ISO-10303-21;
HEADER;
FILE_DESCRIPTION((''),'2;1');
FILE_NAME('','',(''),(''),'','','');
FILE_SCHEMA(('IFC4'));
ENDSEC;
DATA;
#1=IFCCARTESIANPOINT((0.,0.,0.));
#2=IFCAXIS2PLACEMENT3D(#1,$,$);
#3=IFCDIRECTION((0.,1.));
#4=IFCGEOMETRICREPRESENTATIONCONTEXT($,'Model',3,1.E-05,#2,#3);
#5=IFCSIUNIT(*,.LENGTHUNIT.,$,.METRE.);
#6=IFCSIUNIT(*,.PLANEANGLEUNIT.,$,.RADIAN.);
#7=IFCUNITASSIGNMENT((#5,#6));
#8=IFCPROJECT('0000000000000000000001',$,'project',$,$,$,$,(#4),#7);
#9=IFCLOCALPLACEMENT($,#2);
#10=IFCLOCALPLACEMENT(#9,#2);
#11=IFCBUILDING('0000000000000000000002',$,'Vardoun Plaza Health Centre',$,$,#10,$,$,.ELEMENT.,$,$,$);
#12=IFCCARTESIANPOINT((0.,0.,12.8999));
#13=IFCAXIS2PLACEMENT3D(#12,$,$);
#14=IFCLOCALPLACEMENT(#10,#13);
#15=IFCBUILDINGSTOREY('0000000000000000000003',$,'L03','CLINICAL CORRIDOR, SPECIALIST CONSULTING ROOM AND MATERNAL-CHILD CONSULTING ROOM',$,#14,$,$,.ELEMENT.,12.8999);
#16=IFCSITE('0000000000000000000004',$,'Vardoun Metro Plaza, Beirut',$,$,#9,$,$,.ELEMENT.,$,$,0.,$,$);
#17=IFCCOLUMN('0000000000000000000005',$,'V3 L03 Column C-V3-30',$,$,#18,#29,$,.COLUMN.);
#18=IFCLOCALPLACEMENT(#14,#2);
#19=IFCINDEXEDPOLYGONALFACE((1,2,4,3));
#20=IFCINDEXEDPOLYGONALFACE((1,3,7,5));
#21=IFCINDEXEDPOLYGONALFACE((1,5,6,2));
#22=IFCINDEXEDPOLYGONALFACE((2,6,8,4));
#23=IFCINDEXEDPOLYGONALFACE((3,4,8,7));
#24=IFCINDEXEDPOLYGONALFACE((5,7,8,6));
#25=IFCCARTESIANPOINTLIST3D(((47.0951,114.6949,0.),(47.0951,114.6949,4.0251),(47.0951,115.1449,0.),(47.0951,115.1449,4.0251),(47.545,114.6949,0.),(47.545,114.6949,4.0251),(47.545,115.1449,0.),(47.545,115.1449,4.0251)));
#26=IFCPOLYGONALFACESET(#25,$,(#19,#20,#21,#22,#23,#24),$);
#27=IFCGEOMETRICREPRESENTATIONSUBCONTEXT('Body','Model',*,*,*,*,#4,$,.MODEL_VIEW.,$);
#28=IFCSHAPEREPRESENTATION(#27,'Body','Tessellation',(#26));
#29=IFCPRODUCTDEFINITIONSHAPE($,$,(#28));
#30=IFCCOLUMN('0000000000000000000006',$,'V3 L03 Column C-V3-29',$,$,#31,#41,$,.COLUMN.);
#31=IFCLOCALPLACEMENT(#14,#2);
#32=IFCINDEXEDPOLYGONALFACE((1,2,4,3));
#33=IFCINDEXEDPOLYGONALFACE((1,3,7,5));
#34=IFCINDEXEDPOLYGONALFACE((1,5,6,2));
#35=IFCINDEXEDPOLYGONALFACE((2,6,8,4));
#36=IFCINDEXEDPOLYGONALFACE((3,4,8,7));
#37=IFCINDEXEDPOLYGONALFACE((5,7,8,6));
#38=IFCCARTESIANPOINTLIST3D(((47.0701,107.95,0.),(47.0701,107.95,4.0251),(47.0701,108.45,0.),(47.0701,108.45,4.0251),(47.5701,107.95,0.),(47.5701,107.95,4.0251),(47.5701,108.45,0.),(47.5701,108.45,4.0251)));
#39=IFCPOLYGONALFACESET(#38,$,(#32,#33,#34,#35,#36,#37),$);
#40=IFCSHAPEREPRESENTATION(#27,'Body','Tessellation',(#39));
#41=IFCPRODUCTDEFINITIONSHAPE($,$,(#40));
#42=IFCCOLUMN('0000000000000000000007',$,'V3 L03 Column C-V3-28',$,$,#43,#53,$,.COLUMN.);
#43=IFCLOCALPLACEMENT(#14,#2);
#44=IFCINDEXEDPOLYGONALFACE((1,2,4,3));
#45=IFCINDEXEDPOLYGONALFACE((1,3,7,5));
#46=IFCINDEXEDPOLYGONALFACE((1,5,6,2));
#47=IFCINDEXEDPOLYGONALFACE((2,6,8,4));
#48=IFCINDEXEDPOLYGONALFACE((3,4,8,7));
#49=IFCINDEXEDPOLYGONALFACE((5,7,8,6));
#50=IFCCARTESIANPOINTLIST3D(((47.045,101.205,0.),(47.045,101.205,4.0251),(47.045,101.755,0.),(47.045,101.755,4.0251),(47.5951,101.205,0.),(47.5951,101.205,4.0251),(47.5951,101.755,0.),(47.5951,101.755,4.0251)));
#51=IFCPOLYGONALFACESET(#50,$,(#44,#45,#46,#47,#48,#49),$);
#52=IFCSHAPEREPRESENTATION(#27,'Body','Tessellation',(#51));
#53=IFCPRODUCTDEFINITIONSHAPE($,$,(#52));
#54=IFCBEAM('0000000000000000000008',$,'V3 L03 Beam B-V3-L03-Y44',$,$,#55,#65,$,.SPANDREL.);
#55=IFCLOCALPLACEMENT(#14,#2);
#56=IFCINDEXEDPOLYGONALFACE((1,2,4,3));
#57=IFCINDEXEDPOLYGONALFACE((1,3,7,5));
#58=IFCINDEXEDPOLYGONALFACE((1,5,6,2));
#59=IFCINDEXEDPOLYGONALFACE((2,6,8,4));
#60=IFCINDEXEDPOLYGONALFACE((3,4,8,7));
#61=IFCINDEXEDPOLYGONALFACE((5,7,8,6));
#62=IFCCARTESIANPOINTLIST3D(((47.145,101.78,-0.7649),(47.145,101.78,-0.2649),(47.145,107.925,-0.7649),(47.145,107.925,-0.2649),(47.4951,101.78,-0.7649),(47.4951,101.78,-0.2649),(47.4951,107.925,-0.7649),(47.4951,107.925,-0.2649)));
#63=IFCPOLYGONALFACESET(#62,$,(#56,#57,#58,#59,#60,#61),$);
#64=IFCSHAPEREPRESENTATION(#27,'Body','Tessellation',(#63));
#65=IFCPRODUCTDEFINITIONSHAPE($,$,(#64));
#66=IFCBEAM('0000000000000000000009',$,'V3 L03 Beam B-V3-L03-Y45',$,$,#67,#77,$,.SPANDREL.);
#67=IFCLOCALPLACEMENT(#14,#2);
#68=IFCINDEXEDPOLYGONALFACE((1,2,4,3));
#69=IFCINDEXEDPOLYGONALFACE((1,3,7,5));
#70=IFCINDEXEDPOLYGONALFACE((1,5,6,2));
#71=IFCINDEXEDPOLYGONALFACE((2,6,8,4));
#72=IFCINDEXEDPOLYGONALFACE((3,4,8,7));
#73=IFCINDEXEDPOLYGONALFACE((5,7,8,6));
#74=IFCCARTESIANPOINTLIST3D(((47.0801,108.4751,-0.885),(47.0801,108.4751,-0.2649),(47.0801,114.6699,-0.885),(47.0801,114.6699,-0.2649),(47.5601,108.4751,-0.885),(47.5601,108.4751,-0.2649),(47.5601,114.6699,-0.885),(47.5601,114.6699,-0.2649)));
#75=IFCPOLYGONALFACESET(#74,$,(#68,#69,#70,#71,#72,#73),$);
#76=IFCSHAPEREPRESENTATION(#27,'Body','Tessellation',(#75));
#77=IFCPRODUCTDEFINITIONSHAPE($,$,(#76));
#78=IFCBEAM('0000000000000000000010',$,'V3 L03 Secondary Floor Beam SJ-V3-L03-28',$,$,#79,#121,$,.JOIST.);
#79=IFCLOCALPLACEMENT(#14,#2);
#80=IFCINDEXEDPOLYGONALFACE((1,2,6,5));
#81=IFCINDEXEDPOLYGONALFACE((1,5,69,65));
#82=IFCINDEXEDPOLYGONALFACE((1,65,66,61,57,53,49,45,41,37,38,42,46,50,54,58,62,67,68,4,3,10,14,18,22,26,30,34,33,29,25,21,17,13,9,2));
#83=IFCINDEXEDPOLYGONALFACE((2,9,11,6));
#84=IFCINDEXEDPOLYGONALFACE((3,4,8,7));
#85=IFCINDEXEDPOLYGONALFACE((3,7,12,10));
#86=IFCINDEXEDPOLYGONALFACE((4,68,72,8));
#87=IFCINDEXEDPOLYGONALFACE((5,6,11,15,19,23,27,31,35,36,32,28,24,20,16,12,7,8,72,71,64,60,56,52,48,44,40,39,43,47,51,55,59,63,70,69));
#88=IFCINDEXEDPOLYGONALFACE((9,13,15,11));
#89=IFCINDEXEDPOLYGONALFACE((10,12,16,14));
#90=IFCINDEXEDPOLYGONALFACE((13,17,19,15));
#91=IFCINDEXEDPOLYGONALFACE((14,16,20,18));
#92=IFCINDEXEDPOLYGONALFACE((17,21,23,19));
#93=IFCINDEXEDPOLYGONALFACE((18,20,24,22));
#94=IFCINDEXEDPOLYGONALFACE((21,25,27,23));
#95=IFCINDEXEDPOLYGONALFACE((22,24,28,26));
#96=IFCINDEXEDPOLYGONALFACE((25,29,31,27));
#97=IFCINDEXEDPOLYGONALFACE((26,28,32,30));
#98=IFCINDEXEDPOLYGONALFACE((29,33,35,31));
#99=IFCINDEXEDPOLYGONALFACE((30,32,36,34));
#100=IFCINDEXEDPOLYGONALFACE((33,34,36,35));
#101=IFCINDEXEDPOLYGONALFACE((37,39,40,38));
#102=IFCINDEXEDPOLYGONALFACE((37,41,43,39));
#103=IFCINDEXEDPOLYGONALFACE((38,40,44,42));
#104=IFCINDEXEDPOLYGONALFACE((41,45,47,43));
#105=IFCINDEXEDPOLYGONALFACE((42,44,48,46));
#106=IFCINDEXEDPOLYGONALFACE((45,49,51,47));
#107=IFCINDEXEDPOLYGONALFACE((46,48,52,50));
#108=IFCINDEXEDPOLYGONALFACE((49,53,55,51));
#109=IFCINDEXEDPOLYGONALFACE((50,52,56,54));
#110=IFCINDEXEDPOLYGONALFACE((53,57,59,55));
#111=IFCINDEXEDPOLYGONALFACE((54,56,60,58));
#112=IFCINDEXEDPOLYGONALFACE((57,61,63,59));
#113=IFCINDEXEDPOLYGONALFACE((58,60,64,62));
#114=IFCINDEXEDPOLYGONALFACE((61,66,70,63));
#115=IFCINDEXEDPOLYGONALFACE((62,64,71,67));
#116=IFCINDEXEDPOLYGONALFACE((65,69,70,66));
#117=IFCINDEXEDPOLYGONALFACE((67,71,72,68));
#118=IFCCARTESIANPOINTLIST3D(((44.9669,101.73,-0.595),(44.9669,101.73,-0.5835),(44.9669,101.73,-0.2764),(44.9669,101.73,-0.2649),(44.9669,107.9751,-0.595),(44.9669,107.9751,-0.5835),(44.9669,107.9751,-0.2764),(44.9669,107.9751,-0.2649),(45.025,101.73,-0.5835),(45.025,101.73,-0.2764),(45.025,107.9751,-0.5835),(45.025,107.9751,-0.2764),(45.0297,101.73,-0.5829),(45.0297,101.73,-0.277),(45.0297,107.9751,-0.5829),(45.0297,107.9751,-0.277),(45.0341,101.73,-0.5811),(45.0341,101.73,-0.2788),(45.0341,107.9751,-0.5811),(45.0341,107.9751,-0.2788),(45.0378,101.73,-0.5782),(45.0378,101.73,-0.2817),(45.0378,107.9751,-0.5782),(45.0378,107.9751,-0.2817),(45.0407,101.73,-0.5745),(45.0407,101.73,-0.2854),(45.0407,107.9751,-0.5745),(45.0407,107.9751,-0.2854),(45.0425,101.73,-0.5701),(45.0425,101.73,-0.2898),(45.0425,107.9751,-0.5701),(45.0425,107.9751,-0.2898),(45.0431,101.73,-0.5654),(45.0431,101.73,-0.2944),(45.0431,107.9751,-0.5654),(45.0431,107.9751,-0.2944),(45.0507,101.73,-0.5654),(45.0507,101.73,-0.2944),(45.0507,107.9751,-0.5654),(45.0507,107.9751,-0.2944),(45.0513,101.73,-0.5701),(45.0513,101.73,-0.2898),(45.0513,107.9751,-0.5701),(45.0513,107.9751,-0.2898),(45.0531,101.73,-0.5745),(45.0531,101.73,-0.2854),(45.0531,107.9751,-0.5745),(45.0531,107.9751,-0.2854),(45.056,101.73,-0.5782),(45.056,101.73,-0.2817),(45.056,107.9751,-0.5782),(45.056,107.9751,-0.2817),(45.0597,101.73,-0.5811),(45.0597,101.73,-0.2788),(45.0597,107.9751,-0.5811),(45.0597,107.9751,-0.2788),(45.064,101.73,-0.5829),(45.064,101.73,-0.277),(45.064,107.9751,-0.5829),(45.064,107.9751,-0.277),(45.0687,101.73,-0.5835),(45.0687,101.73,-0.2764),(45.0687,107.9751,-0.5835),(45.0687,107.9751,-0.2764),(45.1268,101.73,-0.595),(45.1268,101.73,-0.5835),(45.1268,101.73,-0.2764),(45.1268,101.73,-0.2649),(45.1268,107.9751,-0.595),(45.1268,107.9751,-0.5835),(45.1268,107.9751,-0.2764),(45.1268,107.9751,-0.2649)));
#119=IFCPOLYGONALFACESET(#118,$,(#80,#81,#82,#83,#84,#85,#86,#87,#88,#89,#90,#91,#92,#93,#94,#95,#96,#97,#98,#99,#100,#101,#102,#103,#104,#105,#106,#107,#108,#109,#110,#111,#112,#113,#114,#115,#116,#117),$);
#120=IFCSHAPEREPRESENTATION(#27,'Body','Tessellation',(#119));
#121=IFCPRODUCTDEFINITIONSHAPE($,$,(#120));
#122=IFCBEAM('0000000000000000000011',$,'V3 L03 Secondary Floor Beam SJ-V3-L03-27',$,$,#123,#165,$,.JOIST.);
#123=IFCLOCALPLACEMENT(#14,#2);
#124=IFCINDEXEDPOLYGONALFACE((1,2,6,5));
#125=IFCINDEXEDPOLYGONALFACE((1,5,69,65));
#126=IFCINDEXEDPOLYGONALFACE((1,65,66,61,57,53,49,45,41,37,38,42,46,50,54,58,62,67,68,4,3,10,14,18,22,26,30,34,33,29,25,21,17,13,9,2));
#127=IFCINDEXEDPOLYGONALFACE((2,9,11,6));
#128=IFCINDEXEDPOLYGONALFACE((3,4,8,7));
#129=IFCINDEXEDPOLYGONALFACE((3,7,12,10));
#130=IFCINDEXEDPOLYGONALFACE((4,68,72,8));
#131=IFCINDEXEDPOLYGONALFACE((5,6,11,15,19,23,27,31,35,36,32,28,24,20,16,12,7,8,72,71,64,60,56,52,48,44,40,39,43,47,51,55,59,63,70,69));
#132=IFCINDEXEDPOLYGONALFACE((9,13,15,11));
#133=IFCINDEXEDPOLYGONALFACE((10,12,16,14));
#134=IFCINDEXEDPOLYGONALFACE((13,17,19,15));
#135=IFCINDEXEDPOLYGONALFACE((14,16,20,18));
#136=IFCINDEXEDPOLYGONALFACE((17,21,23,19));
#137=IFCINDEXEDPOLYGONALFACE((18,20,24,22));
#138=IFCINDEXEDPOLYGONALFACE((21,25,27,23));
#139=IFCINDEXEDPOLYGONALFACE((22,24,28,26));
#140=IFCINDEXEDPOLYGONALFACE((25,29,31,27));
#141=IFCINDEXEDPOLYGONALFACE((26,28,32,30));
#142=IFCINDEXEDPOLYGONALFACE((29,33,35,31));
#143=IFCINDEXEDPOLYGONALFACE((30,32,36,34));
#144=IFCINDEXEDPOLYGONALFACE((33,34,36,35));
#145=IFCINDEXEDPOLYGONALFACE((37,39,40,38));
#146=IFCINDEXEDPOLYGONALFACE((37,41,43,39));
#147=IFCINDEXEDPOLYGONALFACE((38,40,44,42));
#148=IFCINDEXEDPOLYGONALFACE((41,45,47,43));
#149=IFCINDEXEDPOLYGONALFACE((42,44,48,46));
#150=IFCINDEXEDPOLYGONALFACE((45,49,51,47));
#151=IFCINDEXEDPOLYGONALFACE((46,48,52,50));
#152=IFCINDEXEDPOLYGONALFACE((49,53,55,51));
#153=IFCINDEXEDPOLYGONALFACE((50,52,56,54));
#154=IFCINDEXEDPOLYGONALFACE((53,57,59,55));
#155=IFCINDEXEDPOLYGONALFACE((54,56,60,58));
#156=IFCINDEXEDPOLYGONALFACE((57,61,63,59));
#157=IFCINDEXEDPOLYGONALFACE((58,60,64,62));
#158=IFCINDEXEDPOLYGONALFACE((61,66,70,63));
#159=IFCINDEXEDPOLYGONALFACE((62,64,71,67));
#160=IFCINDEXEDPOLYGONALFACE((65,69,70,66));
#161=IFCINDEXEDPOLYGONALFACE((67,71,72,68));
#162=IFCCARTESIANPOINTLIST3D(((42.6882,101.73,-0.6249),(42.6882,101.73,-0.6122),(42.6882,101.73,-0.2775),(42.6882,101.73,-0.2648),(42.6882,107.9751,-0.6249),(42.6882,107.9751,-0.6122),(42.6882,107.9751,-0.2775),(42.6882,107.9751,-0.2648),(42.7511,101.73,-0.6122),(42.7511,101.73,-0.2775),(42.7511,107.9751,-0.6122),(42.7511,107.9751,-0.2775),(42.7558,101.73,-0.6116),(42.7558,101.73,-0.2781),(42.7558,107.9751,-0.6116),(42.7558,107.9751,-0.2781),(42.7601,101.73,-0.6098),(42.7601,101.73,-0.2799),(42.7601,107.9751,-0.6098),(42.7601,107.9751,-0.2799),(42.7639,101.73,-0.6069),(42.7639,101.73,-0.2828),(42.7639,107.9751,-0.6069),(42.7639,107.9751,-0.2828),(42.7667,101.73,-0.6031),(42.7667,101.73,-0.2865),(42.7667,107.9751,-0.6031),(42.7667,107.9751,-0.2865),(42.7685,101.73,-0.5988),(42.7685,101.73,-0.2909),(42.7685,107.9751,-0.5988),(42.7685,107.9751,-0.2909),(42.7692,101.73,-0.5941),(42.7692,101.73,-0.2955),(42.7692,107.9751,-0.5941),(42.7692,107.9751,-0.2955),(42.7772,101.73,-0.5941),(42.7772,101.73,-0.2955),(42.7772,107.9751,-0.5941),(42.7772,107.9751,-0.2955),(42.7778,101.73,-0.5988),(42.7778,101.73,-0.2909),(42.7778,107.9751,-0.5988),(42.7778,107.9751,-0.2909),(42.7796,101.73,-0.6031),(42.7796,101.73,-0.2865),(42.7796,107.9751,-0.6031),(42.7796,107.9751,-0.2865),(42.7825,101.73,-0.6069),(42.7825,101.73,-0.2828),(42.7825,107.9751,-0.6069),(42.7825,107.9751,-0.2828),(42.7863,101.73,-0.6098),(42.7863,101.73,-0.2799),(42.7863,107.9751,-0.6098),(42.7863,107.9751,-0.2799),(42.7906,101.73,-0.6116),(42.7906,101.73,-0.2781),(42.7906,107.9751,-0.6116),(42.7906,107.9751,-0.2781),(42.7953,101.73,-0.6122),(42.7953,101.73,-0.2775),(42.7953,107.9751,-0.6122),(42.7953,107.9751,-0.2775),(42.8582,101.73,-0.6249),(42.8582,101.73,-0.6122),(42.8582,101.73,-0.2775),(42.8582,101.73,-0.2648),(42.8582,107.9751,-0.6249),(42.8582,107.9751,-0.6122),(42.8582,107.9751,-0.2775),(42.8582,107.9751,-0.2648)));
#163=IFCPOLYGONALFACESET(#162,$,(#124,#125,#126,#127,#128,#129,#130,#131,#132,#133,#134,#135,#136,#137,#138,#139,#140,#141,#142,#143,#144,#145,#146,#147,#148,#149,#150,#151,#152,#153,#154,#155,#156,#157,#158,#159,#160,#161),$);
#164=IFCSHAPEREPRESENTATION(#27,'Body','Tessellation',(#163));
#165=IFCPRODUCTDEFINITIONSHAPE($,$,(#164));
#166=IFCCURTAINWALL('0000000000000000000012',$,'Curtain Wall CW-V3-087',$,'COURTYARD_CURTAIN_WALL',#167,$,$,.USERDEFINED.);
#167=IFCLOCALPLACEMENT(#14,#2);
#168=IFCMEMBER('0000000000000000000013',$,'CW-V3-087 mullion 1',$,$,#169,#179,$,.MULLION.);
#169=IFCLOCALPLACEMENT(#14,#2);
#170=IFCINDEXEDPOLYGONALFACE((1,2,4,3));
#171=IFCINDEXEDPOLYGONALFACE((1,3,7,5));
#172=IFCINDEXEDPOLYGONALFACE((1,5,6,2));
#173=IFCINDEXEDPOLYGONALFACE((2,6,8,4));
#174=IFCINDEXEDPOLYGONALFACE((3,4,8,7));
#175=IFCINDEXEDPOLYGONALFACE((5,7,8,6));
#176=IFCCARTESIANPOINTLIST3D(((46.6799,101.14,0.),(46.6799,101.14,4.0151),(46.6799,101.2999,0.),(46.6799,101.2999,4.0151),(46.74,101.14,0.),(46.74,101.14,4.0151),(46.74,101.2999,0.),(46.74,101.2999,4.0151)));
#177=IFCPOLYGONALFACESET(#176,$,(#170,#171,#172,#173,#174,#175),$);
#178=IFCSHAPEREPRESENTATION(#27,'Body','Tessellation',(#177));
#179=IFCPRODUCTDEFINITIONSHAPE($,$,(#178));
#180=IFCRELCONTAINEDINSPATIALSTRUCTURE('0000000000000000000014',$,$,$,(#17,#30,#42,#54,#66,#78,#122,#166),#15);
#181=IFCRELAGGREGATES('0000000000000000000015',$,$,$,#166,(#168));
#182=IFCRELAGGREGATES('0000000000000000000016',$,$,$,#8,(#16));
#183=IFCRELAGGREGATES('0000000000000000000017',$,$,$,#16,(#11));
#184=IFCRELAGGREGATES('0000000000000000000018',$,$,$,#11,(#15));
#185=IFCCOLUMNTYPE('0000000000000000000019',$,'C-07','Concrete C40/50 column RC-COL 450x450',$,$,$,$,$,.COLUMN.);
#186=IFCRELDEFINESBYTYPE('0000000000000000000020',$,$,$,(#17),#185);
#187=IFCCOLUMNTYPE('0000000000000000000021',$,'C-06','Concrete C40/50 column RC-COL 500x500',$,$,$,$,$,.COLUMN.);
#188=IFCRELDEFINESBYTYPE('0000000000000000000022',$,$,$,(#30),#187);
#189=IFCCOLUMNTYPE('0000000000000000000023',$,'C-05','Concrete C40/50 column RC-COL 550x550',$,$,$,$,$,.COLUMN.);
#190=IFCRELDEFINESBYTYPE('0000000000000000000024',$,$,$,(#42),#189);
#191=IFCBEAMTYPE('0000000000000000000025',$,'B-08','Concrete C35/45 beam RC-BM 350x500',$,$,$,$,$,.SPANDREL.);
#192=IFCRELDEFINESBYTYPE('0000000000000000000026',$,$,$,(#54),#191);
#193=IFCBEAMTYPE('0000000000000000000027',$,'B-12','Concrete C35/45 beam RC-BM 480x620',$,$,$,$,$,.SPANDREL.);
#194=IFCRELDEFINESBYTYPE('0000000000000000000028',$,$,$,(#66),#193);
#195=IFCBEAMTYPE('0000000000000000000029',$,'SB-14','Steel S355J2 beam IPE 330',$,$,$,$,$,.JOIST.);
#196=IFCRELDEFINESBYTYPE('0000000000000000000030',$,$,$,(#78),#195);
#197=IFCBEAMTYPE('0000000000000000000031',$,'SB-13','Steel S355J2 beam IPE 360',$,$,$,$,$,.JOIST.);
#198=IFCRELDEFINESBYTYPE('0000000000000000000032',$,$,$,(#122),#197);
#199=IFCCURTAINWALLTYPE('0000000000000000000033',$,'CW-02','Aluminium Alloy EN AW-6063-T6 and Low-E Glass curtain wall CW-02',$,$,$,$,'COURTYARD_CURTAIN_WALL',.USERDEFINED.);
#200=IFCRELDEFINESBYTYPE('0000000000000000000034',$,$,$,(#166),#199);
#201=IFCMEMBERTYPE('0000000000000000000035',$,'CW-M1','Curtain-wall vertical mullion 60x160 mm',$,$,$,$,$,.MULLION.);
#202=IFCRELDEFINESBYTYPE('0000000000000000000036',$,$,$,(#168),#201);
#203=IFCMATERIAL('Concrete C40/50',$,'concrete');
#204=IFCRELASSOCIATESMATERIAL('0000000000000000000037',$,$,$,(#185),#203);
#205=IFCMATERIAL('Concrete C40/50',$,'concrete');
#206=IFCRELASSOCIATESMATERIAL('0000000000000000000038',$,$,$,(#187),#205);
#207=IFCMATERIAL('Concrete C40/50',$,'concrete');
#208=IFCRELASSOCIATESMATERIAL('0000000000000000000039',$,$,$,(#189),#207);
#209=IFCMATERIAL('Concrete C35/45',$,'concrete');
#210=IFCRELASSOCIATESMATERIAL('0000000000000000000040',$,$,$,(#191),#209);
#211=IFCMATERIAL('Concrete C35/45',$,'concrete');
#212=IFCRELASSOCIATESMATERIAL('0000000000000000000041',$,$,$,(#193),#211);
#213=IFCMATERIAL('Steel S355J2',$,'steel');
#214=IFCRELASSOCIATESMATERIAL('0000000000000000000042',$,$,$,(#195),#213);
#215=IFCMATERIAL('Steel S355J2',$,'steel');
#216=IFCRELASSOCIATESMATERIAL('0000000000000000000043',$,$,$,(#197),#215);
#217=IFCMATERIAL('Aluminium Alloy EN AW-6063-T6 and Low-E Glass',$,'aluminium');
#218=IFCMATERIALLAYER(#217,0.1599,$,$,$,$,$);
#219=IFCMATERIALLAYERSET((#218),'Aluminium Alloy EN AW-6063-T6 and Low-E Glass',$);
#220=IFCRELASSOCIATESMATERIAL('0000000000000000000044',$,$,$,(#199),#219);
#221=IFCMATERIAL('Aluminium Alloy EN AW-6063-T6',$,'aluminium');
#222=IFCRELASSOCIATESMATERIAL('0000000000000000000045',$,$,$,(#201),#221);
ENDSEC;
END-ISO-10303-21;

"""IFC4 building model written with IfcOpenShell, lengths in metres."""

from ifc_helpers import new_model, si_unit, direction, frame, origin, origin_2d, place, context, subcontext, project, spatial, rectangle, i_section, extrude, material, layer, layer_set, material_profile, profile_set, type_object, element, aggregate, save


model = new_model("IFC4")

# Units and contexts
model_context = context("Model", 3, precision=1e-05, world=origin(), true_north=direction((0.0, 1.0)))
body_context = subcontext(model_context, "Body", "Model", "MODEL_VIEW")
ifc_project = project(units=[si_unit("LENGTHUNIT", "METRE"), si_unit("PLANEANGLEUNIT", "RADIAN")], contexts=[model_context])

# Site, building, storey
site_placement = place(None, origin())
site = spatial("IfcSite", under=ifc_project, at=site_placement, Name="Vardoun Metro Plaza, Beirut", CompositionType="ELEMENT", RefElevation=0.0)
building_placement = place(site_placement, origin())
building = spatial("IfcBuilding", under=site, at=building_placement, Name="Vardoun Plaza Health Centre", CompositionType="ELEMENT")
storey_placement = place(building_placement, frame((0.0, 0.0, 12.8999)))
storey = spatial("IfcBuildingStorey", under=building, at=storey_placement, Name="L03", Description="CLINICAL CORRIDOR, SPECIALIST CONSULTING ROOM AND MATERNAL-CHILD CONSULTING ROOM", CompositionType="ELEMENT", Elevation=12.8999)

# Columns
ifc_material_1 = material(Name="Concrete C40/50", Category="concrete")
ifc_material_profile_1 = material_profile(ifc_material_1, rectangle(XDim=0.45, YDim=0.45, at=origin_2d()), Name="RC-COL 450x450")
ifc_profile_set_1 = profile_set([ifc_material_profile_1], Name="Concrete C40/50")
column_type_1 = type_object("IfcColumnType", Name="C-07", Description="Concrete C40/50 column RC-COL 450x450", PredefinedType="COLUMN", material=ifc_profile_set_1)
column_1_placement = place(storey_placement, frame((47.3201, 114.9199, 0.0), z_axis=(0.0, 0.0, 1.0), x_axis=(1.0, 0.0, 0.0)))
element("IfcColumn", 1, at=column_1_placement, inside=storey, type_object=column_type_1, Name="V3 L03 Column C-V3-30", PredefinedType="COLUMN", context=body_context, shape_type="SweptSolid", body=[
    extrude(rectangle(XDim=0.45, YDim=0.45, at=origin_2d()), origin(), (0.0, 0.0, 1.0), 4.0251),
])
ifc_material_2 = material(Name="Concrete C40/50", Category="concrete")
ifc_material_profile_2 = material_profile(ifc_material_2, rectangle(XDim=0.5, YDim=0.5, at=origin_2d()), Name="RC-COL 500x500")
ifc_profile_set_2 = profile_set([ifc_material_profile_2], Name="Concrete C40/50")
column_type_2 = type_object("IfcColumnType", Name="C-06", Description="Concrete C40/50 column RC-COL 500x500", PredefinedType="COLUMN", material=ifc_profile_set_2)
column_2_placement = place(storey_placement, frame((47.3201, 108.2, 0.0), z_axis=(0.0, 0.0, 1.0), x_axis=(1.0, 0.0, 0.0)))
element("IfcColumn", 2, at=column_2_placement, inside=storey, type_object=column_type_2, Name="V3 L03 Column C-V3-29", PredefinedType="COLUMN", context=body_context, shape_type="SweptSolid", body=[
    extrude(rectangle(XDim=0.5, YDim=0.5, at=origin_2d()), origin(), (0.0, 0.0, 1.0), 4.0251),
])
ifc_material_3 = material(Name="Concrete C40/50", Category="concrete")
ifc_material_profile_3 = material_profile(ifc_material_3, rectangle(XDim=0.55, YDim=0.55, at=origin_2d()), Name="RC-COL 550x550")
ifc_profile_set_3 = profile_set([ifc_material_profile_3], Name="Concrete C40/50")
column_type_3 = type_object("IfcColumnType", Name="C-05", Description="Concrete C40/50 column RC-COL 550x550", PredefinedType="COLUMN", material=ifc_profile_set_3)
column_3_placement = place(storey_placement, frame((47.3201, 101.48, 0.0), z_axis=(0.0, 0.0, 1.0), x_axis=(1.0, 0.0, 0.0)))
element("IfcColumn", 3, at=column_3_placement, inside=storey, type_object=column_type_3, Name="V3 L03 Column C-V3-28", PredefinedType="COLUMN", context=body_context, shape_type="SweptSolid", body=[
    extrude(rectangle(XDim=0.55, YDim=0.55, at=origin_2d()), origin(), (0.0, 0.0, 1.0), 4.0251),
])

# Beams
ifc_material_4 = material(Name="Concrete C35/45", Category="concrete")
ifc_material_profile_4 = material_profile(ifc_material_4, rectangle(XDim=0.3501, YDim=0.5, at=origin_2d()), Name="RC-BM 350x500")
ifc_profile_set_4 = profile_set([ifc_material_profile_4], Name="Concrete C35/45")
beam_type_1 = type_object("IfcBeamType", Name="B-08", Description="Concrete C35/45 beam RC-BM 350x500", PredefinedType="SPANDREL", material=ifc_profile_set_4)
beam_1_placement = place(storey_placement, frame((47.3201, 101.78, -0.5149), z_axis=(0.0, 1.0, 0.0), x_axis=(-1.0, 0.0, 0.0)))
element("IfcBeam", 4, at=beam_1_placement, inside=storey, type_object=beam_type_1, Name="V3 L03 Beam B-V3-L03-Y44", PredefinedType="SPANDREL", context=body_context, shape_type="SweptSolid", body=[
    extrude(rectangle(XDim=0.3501, YDim=0.5, at=origin_2d()), origin(), (0.0, 0.0, 1.0), 6.145),
])
ifc_material_5 = material(Name="Concrete C35/45", Category="concrete")
ifc_material_profile_5 = material_profile(ifc_material_5, rectangle(XDim=0.48, YDim=0.6201, at=origin_2d()), Name="RC-BM 480x620")
ifc_profile_set_5 = profile_set([ifc_material_profile_5], Name="Concrete C35/45")
beam_type_2 = type_object("IfcBeamType", Name="B-12", Description="Concrete C35/45 beam RC-BM 480x620", PredefinedType="SPANDREL", material=ifc_profile_set_5)
beam_2_placement = place(storey_placement, frame((47.3201, 108.4751, -0.575), z_axis=(0.0, 1.0, 0.0), x_axis=(-1.0, 0.0, 0.0)))
element("IfcBeam", 5, at=beam_2_placement, inside=storey, type_object=beam_type_2, Name="V3 L03 Beam B-V3-L03-Y45", PredefinedType="SPANDREL", context=body_context, shape_type="SweptSolid", body=[
    extrude(rectangle(XDim=0.48, YDim=0.6201, at=origin_2d()), origin(), (0.0, 0.0, 1.0), 6.1948),
])
ifc_material_6 = material(Name="Steel S355J2", Category="steel")
ifc_material_profile_6 = material_profile(ifc_material_6, i_section(OverallWidth=0.1599, OverallDepth=0.3301, WebThickness=0.0076, FlangeThickness=0.0115, FilletRadius=0.0181, at=origin_2d()), Name="IPE 330")
ifc_profile_set_6 = profile_set([ifc_material_profile_6], Name="Steel S355J2")
beam_type_3 = type_object("IfcBeamType", Name="SB-14", Description="Steel S355J2 beam IPE 330", PredefinedType="JOIST", material=ifc_profile_set_6)
beam_3_placement = place(storey_placement, frame((45.0469, 101.73, -0.4299), z_axis=(0.0, 1.0, 0.0), x_axis=(-1.0, 0.0, 0.0)))
element("IfcBeam", 6, at=beam_3_placement, inside=storey, type_object=beam_type_3, Name="V3 L03 Secondary Floor Beam SJ-V3-L03-28", PredefinedType="JOIST", context=body_context, shape_type="SweptSolid", body=[
    extrude(i_section(OverallWidth=0.1599, OverallDepth=0.3301, WebThickness=0.0076, FlangeThickness=0.0115, FilletRadius=0.0181, at=origin_2d()), origin(), (0.0, 0.0, 1.0), 6.2451),
])
ifc_material_7 = material(Name="Steel S355J2", Category="steel")
ifc_material_profile_7 = material_profile(ifc_material_7, i_section(OverallWidth=0.1699, OverallDepth=0.3601, WebThickness=0.0081, FlangeThickness=0.0127, FilletRadius=0.0181, at=origin_2d()), Name="IPE 360")
ifc_profile_set_7 = profile_set([ifc_material_profile_7], Name="Steel S355J2")
beam_type_4 = type_object("IfcBeamType", Name="SB-13", Description="Steel S355J2 beam IPE 360", PredefinedType="JOIST", material=ifc_profile_set_7)
beam_4_placement = place(storey_placement, frame((42.7732, 101.73, -0.4448), z_axis=(0.0, 1.0, 0.0), x_axis=(-1.0, 0.0, 0.0)))
element("IfcBeam", 7, at=beam_4_placement, inside=storey, type_object=beam_type_4, Name="V3 L03 Secondary Floor Beam SJ-V3-L03-27", PredefinedType="JOIST", context=body_context, shape_type="SweptSolid", body=[
    extrude(i_section(OverallWidth=0.1699, OverallDepth=0.3601, WebThickness=0.0081, FlangeThickness=0.0127, FilletRadius=0.0181, at=origin_2d()), origin(), (0.0, 0.0, 1.0), 6.2451),
])

# Curtain wall, member
ifc_material_8 = material(Name="Aluminium Alloy EN AW-6063-T6 and Low-E Glass", Category="aluminium")
ifc_layer_1 = layer(ifc_material_8, 0.1599)
ifc_layer_set_1 = layer_set([ifc_layer_1], Name="Aluminium Alloy EN AW-6063-T6 and Low-E Glass")
curtain_wall_type = type_object("IfcCurtainWallType", Name="CW-02", Description="Aluminium Alloy EN AW-6063-T6 and Low-E Glass curtain wall CW-02", ElementType="COURTYARD_CURTAIN_WALL", PredefinedType="USERDEFINED", material=ifc_layer_set_1)
curtain_wall_placement = place(storey_placement, origin())
curtain_wall = element("IfcCurtainWall", 8, at=curtain_wall_placement, inside=storey, type_object=curtain_wall_type, Name="Curtain Wall CW-V3-087", ObjectType="COURTYARD_CURTAIN_WALL", PredefinedType="USERDEFINED")
ifc_material_9 = material(Name="Aluminium Alloy EN AW-6063-T6", Category="aluminium")
ifc_material_profile_8 = material_profile(ifc_material_9, rectangle(XDim=0.1599, YDim=0.0601, at=origin_2d()), Name="CWM 60x160")
ifc_profile_set_8 = profile_set([ifc_material_profile_8], Name="Aluminium Alloy EN AW-6063-T6")
member_type_1 = type_object("IfcMemberType", Name="CW-M1", Description="Curtain-wall vertical mullion 60x160 mm", PredefinedType="MULLION", material=ifc_profile_set_8)
member_1_placement = place(storey_placement, frame((46.71, 101.22, 0.0), z_axis=(0.0, 0.0, 1.0), x_axis=(0.0, -1.0, 0.0)))
member_1 = element("IfcMember", 9, at=member_1_placement, type_object=member_type_1, Name="CW-V3-087 mullion 1", PredefinedType="MULLION", context=body_context, shape_type="SweptSolid", body=[
    extrude(rectangle(XDim=0.1599, YDim=0.0601, at=origin_2d()), origin(), (0.0, 0.0, 1.0), 4.0151),
])
aggregate(curtain_wall, [member_1])

save(model, "model.ifc")
